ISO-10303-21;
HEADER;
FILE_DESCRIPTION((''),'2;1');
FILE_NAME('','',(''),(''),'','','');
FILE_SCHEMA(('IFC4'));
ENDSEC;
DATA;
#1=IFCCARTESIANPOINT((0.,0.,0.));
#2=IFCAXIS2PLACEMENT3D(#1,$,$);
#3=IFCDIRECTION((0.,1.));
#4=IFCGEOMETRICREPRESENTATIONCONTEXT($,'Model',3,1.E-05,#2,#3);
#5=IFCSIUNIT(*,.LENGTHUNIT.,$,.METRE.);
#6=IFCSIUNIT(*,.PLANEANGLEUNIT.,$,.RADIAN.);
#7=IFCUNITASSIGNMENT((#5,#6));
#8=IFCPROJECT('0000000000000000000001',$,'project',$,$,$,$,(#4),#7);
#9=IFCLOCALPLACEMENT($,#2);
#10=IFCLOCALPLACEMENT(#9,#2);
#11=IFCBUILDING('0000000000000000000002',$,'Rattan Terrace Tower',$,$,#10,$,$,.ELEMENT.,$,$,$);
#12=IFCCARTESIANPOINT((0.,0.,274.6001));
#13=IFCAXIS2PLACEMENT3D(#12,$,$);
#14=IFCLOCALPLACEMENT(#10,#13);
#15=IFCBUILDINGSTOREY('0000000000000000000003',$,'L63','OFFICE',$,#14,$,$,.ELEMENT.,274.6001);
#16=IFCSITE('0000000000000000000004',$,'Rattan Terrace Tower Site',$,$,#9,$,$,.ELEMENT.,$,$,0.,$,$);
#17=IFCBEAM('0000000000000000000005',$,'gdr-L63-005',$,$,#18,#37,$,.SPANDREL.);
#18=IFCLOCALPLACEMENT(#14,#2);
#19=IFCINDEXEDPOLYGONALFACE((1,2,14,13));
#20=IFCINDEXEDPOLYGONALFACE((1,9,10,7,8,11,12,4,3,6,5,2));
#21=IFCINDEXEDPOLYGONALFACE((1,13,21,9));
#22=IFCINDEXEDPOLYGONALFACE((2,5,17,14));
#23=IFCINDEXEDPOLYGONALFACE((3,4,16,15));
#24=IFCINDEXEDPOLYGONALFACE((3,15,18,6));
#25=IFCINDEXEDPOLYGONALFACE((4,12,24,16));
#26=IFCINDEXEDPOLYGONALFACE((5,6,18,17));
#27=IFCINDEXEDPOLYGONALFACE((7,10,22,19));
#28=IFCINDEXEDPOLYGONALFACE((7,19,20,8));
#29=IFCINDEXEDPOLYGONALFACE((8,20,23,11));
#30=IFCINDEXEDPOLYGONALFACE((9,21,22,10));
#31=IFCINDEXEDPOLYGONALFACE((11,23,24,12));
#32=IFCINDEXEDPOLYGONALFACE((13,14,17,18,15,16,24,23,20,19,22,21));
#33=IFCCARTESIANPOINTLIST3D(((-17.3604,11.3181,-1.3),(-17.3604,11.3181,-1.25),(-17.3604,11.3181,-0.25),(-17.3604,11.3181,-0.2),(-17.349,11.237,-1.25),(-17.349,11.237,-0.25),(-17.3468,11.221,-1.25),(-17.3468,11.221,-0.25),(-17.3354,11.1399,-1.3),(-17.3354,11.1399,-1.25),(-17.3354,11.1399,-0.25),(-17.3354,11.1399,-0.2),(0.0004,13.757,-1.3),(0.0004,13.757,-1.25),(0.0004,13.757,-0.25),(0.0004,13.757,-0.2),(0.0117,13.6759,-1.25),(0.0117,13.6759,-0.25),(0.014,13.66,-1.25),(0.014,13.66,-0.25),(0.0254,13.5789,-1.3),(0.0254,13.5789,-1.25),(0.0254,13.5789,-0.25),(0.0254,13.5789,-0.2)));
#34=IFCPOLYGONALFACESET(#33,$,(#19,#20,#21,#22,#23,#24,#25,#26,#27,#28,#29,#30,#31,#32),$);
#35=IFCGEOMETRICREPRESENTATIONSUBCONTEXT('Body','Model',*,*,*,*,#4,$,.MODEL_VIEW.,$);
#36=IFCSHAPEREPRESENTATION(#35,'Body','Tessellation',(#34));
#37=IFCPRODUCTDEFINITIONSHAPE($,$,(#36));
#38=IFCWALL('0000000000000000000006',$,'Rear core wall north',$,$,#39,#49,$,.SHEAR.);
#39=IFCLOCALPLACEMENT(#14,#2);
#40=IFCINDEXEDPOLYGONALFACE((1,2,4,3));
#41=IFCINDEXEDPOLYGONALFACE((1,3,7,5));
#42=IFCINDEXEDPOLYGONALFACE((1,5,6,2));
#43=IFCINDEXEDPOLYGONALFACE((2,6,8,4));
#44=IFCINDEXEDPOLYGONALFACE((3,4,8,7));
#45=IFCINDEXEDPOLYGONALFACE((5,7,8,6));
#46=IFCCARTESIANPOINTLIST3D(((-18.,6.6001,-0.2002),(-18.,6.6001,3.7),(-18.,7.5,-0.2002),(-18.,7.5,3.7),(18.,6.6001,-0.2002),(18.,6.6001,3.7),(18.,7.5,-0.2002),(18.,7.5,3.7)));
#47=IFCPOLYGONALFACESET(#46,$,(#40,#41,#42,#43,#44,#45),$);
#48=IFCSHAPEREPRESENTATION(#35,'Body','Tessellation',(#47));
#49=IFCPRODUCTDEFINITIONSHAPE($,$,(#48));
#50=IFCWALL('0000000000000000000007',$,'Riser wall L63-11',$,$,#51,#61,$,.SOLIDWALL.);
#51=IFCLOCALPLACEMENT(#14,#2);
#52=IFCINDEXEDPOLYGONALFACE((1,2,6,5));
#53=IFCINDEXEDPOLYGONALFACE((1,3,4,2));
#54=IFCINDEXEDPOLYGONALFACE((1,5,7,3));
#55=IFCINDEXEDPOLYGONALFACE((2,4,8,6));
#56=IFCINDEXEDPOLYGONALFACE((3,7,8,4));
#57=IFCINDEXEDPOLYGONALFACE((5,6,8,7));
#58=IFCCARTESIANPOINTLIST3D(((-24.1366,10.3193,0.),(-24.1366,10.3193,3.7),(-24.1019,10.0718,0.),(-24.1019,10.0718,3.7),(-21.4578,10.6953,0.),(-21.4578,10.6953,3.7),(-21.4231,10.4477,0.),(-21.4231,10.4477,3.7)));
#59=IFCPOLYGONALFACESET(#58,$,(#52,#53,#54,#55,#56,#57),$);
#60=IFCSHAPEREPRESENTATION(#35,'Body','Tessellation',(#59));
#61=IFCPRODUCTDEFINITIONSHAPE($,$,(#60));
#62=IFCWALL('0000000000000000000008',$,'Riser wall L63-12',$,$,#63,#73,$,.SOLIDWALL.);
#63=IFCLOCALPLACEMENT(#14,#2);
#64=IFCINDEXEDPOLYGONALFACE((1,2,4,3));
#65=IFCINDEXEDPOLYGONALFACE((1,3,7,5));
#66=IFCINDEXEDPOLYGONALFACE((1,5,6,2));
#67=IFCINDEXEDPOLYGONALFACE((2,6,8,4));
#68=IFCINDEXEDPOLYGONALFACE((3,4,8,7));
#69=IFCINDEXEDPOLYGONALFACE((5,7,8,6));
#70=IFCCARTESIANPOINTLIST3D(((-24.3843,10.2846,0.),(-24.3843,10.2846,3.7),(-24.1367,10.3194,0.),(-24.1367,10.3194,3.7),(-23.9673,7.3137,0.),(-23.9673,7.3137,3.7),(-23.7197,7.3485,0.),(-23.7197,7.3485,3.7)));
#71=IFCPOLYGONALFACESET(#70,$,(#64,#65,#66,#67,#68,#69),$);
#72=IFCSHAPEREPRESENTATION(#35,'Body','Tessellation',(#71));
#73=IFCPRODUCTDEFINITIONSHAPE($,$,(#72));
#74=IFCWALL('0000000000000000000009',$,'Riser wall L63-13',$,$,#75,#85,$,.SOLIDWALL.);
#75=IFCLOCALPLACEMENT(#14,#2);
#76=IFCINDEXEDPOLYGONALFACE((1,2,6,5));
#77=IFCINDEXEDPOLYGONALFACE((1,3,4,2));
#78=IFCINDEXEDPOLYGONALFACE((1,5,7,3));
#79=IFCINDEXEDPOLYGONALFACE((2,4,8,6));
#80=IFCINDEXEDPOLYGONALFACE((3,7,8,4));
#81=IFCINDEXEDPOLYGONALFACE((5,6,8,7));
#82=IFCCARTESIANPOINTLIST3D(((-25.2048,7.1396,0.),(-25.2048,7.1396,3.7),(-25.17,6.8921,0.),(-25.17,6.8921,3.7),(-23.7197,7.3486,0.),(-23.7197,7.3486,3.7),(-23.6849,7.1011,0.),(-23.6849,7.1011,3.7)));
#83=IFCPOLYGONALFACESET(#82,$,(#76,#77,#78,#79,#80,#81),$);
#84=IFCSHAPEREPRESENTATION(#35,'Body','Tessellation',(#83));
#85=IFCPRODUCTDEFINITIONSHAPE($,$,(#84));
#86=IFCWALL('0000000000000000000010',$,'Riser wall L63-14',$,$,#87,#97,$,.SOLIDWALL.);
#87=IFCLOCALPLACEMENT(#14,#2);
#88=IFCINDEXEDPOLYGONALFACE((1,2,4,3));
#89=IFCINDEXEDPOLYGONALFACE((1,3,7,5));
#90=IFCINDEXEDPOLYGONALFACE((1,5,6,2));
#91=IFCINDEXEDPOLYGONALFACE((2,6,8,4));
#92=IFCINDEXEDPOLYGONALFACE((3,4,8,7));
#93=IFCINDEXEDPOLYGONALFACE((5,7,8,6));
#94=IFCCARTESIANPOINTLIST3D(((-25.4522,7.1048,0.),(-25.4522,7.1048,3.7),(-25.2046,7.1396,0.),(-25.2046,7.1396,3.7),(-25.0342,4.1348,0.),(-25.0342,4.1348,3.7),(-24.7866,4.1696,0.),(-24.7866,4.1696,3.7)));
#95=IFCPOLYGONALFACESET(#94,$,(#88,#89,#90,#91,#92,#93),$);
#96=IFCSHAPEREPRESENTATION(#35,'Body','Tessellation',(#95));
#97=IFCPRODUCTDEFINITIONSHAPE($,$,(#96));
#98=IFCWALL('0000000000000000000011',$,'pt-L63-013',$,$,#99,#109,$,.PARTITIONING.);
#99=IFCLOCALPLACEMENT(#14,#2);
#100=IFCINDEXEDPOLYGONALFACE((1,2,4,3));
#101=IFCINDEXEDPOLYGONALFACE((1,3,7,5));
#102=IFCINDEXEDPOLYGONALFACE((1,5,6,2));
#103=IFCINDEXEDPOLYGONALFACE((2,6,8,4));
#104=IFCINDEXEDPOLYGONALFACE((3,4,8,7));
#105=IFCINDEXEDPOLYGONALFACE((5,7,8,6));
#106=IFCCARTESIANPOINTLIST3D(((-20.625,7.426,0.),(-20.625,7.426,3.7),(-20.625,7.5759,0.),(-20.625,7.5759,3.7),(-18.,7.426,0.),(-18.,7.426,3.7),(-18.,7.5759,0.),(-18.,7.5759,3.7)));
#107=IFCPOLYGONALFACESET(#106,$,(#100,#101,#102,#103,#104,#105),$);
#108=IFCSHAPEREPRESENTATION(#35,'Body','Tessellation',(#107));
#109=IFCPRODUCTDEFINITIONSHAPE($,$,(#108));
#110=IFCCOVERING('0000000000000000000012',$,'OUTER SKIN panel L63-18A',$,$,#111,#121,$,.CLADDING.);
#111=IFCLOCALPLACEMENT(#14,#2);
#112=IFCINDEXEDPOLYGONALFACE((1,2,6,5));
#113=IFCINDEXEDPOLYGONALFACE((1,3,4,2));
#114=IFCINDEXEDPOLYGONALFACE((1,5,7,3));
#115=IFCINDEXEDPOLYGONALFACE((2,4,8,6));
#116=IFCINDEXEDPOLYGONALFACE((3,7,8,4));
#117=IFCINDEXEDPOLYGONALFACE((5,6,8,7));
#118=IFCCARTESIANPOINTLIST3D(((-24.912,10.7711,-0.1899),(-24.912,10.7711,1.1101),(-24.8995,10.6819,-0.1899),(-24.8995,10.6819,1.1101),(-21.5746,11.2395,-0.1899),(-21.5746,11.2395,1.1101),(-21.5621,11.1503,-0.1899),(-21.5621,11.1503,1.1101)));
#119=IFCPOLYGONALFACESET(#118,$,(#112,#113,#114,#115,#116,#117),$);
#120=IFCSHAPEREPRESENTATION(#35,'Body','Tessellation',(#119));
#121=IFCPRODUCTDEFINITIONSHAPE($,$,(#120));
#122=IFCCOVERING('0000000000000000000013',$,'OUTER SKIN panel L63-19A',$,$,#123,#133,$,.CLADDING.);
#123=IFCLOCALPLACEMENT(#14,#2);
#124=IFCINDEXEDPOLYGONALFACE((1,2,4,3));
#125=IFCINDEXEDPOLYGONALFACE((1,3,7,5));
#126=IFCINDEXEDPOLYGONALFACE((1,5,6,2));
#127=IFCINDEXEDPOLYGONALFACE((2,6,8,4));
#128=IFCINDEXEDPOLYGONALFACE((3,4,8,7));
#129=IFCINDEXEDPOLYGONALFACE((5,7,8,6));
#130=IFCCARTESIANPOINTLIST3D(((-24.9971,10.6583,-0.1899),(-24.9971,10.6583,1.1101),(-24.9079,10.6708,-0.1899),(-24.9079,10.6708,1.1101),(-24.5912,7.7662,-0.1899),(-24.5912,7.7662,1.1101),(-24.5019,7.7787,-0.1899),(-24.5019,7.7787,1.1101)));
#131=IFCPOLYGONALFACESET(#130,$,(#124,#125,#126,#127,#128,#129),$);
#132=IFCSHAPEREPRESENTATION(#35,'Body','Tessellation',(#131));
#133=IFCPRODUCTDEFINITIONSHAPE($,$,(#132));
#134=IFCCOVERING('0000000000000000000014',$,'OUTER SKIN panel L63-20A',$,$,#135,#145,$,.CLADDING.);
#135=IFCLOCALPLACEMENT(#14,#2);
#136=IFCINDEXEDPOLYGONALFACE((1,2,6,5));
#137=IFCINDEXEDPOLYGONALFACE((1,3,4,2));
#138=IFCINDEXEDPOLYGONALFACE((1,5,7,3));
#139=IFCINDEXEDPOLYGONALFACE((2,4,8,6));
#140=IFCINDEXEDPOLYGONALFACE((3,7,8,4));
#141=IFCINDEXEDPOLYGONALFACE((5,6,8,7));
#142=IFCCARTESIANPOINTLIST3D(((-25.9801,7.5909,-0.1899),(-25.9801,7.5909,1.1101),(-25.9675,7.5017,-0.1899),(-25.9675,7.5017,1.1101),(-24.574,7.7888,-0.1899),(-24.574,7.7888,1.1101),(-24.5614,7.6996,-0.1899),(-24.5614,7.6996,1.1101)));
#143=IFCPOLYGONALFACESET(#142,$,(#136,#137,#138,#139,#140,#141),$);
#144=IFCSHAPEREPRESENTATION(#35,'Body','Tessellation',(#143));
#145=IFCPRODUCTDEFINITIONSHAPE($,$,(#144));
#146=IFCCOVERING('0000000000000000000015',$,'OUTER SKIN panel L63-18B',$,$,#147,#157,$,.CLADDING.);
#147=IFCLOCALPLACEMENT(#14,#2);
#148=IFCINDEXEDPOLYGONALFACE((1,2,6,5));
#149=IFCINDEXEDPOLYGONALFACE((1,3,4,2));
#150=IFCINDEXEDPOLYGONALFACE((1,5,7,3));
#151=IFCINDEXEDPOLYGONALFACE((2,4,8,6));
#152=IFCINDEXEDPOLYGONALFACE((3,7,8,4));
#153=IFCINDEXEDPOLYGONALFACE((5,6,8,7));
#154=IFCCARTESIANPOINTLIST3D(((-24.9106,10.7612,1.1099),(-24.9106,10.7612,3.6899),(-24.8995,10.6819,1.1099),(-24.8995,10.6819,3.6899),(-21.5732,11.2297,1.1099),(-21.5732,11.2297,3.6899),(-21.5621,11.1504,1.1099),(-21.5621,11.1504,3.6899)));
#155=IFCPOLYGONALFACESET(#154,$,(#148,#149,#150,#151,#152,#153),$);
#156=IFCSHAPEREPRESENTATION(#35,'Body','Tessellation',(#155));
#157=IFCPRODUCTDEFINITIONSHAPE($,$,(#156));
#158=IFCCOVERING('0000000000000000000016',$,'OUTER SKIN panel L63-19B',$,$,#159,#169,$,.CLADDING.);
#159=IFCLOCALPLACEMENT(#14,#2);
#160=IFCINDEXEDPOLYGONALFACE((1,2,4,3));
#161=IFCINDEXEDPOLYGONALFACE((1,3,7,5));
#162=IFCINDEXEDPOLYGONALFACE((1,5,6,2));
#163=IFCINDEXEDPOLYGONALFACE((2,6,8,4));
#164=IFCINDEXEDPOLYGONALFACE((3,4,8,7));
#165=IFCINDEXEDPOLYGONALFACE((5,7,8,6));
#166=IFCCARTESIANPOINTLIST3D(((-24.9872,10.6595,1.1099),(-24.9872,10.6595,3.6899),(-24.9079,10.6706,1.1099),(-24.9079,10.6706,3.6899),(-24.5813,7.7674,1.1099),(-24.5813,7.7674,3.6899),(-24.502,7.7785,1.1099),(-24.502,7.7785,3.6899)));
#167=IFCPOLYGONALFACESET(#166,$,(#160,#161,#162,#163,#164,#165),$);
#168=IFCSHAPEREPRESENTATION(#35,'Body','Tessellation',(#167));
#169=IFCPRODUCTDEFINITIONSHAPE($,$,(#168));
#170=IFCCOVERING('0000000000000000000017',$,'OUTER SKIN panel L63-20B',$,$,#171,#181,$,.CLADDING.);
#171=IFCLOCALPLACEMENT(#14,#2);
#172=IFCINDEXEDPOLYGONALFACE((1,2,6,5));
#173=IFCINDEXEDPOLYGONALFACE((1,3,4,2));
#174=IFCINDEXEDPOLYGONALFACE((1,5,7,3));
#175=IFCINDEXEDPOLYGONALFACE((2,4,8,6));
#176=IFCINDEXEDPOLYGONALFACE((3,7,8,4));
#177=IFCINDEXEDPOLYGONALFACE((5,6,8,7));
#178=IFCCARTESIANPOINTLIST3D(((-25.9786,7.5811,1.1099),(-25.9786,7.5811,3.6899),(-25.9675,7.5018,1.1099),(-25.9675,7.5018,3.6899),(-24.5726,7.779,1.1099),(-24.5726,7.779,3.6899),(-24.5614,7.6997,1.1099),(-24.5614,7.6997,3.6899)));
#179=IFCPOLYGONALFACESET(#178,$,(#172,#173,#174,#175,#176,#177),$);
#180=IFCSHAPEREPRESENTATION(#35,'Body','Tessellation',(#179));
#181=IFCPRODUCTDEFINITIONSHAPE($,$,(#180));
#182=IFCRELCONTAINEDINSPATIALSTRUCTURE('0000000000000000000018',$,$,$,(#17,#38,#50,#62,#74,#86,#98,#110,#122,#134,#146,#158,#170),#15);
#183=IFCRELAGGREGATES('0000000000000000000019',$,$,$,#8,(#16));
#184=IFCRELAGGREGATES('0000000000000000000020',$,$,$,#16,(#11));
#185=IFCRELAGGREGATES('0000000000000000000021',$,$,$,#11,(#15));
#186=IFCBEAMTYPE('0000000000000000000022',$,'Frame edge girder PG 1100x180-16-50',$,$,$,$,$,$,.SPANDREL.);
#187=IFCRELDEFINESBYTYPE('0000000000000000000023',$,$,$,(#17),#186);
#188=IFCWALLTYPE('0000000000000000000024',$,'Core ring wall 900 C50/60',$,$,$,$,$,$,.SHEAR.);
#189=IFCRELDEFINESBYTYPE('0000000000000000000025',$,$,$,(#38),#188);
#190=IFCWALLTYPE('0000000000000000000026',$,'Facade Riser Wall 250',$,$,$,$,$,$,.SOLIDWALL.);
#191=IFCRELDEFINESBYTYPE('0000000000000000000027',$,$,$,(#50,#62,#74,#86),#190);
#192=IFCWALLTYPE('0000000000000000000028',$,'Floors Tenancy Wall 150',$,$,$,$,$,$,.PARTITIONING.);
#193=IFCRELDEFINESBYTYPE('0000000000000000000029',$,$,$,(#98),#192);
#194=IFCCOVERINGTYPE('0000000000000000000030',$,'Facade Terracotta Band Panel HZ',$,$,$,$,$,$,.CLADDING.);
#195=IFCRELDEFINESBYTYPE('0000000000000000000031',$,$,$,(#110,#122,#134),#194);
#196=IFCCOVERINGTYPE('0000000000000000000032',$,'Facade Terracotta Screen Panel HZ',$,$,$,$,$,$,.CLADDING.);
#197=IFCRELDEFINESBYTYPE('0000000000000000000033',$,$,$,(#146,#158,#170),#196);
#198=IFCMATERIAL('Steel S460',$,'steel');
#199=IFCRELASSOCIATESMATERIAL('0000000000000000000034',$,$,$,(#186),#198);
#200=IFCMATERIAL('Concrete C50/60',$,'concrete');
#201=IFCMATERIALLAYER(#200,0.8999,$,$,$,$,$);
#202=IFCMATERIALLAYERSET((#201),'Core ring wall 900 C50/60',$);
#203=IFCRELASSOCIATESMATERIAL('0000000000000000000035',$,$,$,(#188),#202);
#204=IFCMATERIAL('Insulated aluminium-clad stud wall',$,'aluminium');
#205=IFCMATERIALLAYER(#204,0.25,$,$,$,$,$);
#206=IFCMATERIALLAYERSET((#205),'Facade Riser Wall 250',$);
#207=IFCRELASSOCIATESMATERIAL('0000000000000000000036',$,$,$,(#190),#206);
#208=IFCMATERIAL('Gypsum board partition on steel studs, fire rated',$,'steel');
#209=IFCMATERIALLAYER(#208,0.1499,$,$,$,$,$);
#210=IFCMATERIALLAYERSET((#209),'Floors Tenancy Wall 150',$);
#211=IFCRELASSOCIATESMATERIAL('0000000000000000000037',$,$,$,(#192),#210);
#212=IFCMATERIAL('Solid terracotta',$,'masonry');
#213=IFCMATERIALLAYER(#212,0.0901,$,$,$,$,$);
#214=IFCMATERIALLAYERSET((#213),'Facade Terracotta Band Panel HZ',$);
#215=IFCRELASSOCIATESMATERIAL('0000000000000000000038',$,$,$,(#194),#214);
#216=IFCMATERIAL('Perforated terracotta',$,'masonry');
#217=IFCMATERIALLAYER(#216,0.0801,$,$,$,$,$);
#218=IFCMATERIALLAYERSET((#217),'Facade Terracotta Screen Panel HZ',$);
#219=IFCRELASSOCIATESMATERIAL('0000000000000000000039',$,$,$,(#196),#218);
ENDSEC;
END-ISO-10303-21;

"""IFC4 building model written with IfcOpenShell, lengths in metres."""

from ifc_helpers import new_model, si_unit, direction, frame, frame_2d, origin, origin_2d, place, context, subcontext, project, spatial, rectangle, i_section, extrude, material, layer, layer_set, material_profile, profile_set, type_object, element, save


model = new_model("IFC4")

# Units and contexts
model_context = context("Model", 3, precision=1e-05, world=origin(), true_north=direction((0.0, 1.0)))
body_context = subcontext(model_context, "Body", "Model", "MODEL_VIEW")
ifc_project = project(units=[si_unit("LENGTHUNIT", "METRE"), si_unit("PLANEANGLEUNIT", "RADIAN")], contexts=[model_context])

# Site, building, storey
site_placement = place(None, origin())
site = spatial("IfcSite", under=ifc_project, at=site_placement, Name="Rattan Terrace Tower Site", CompositionType="ELEMENT", RefElevation=0.0)
building_placement = place(site_placement, origin())
building = spatial("IfcBuilding", under=site, at=building_placement, Name="Rattan Terrace Tower", CompositionType="ELEMENT")
storey_placement = place(building_placement, frame((0.0, 0.0, 274.6001)))
storey = spatial("IfcBuildingStorey", under=building, at=storey_placement, Name="L63", Description="OFFICE", CompositionType="ELEMENT", Elevation=274.6001)

# Beam
ifc_material_1 = material(Name="Steel S460", Category="steel")
ifc_material_profile = material_profile(ifc_material_1, i_section(OverallWidth=0.1799, OverallDepth=1.1001, WebThickness=0.0161, FlangeThickness=0.05, at=origin_2d()), Name="PG 1100x180-16-50")
ifc_profile_set = profile_set([ifc_material_profile], Name="Steel S460")
beam_type = type_object("IfcBeamType", Name="Frame edge girder PG 1100x180-16-50", PredefinedType="SPANDREL", material=ifc_profile_set)
beam_placement = place(storey_placement, frame((-17.3479, 11.229, -0.75), z_axis=(0.990275, 0.13912, 0.0), x_axis=(-0.13912, 0.990275, 0.0)))
element("IfcBeam", 1, at=beam_placement, inside=storey, type_object=beam_type, Name="gdr-L63-005", PredefinedType="SPANDREL", context=body_context, shape_type="SweptSolid", body=[
    extrude(i_section(OverallWidth=0.1799, OverallDepth=1.1001, WebThickness=0.0161, FlangeThickness=0.05, at=origin_2d()), origin(), (0.0, 0.0, 1.0), 17.5312),
])

# Walls
ifc_material_2 = material(Name="Concrete C50/60", Category="concrete")
ifc_layer_1 = layer(ifc_material_2, 0.8999)
ifc_layer_set_1 = layer_set([ifc_layer_1], Name="Core ring wall 900 C50/60")
wall_type_1 = type_object("IfcWallType", Name="Core ring wall 900 C50/60", PredefinedType="SHEAR", material=ifc_layer_set_1)
wall_1_placement = place(storey_placement, frame((-18.0, 7.05, -0.2002), z_axis=(0.0, 0.0, 1.0), x_axis=(1.0, 0.0, 0.0)))
element("IfcWall", 2, at=wall_1_placement, inside=storey, type_object=wall_type_1, Name="Rear core wall north", PredefinedType="SHEAR", context=body_context, shape_type="SweptSolid", body=[
    extrude(rectangle(XDim=36.0, YDim=0.8999, at=frame_2d((18.0, 0.0))), origin(), (0.0, 0.0, 1.0), 3.9001),
])
ifc_material_3 = material(Name="Insulated aluminium-clad stud wall", Category="aluminium")
ifc_layer_2 = layer(ifc_material_3, 0.25)
ifc_layer_set_2 = layer_set([ifc_layer_2], Name="Facade Riser Wall 250")
wall_type_2 = type_object("IfcWallType", Name="Facade Riser Wall 250", PredefinedType="SOLIDWALL", material=ifc_layer_set_2)
wall_2_placement = place(storey_placement, frame((-21.4404, 10.5715, 0.0), z_axis=(0.0, 0.0, 1.0), x_axis=(-0.990293, -0.138995, 0.0)))
element("IfcWall", 3, at=wall_2_placement, inside=storey, type_object=wall_type_2, Name="Riser wall L63-11", PredefinedType="SOLIDWALL", context=body_context, shape_type="SweptSolid", body=[
    extrude(rectangle(XDim=2.7051, YDim=0.25, at=frame_2d((1.3525, 0.0))), origin(), (0.0, 0.0, 1.0), 3.7),
])
wall_3_placement = place(storey_placement, frame((-24.2605, 10.302, 0.0), z_axis=(0.0, 0.0, 1.0), x_axis=(0.138994, -0.990293, 0.0)))
element("IfcWall", 4, at=wall_3_placement, inside=storey, type_object=wall_type_2, Name="Riser wall L63-12", PredefinedType="SOLIDWALL", context=body_context, shape_type="SweptSolid", body=[
    extrude(rectangle(XDim=3.0, YDim=0.25, at=frame_2d((1.5, 0.0))), origin(), (0.0, 0.0, 1.0), 3.7),
])
wall_4_placement = place(storey_placement, frame((-23.7021, 7.2249, 0.0), z_axis=(0.0, 0.0, 1.0), x_axis=(-0.990244, -0.139347, 0.0)))
element("IfcWall", 5, at=wall_4_placement, inside=storey, type_object=wall_type_2, Name="Riser wall L63-13", PredefinedType="SOLIDWALL", context=body_context, shape_type="SweptSolid", body=[
    extrude(rectangle(XDim=1.4998, YDim=0.25, at=frame_2d((0.75, 0.0))), origin(), (0.0, 0.0, 1.0), 3.7),
])
wall_5_placement = place(storey_placement, frame((-25.3284, 7.1221, 0.0), z_axis=(0.0, 0.0, 1.0), x_axis=(0.139358, -0.990242, 0.0)))
element("IfcWall", 6, at=wall_5_placement, inside=storey, type_object=wall_type_2, Name="Riser wall L63-14", PredefinedType="SOLIDWALL", context=body_context, shape_type="SweptSolid", body=[
    extrude(rectangle(XDim=2.9993, YDim=0.25, at=frame_2d((1.4995, 0.0))), origin(), (0.0, 0.0, 1.0), 3.7),
])
ifc_material_4 = material(Name="Gypsum board partition on steel studs, fire rated", Category="steel")
ifc_layer_3 = layer(ifc_material_4, 0.1499)
ifc_layer_set_3 = layer_set([ifc_layer_3], Name="Floors Tenancy Wall 150")
wall_type_3 = type_object("IfcWallType", Name="Floors Tenancy Wall 150", PredefinedType="PARTITIONING", material=ifc_layer_set_3)
wall_6_placement = place(storey_placement, frame((-20.625, 7.501, 0.0), z_axis=(0.0, 0.0, 1.0), x_axis=(1.0, 0.0, 0.0)))
element("IfcWall", 7, at=wall_6_placement, inside=storey, type_object=wall_type_3, Name="pt-L63-013", PredefinedType="PARTITIONING", context=body_context, shape_type="SweptSolid", body=[
    extrude(rectangle(XDim=2.625, YDim=0.1499, at=frame_2d((1.3125, 0.0))), origin(), (0.0, 0.0, 1.0), 3.7),
])

# Coverings
ifc_material_5 = material(Name="Solid terracotta", Category="masonry")
ifc_layer_4 = layer(ifc_material_5, 0.0901)
ifc_layer_set_4 = layer_set([ifc_layer_4], Name="Facade Terracotta Band Panel HZ")
covering_type_1 = type_object("IfcCoveringType", Name="Facade Terracotta Band Panel HZ", PredefinedType="CLADDING", material=ifc_layer_set_4)
covering_1_placement = place(storey_placement, frame((-23.2371, 10.9607, -0.1899), z_axis=(0.0, 0.0, 1.0), x_axis=(-0.990293, -0.138994, 0.0)))
element("IfcCovering", 8, at=covering_1_placement, inside=storey, type_object=covering_type_1, Name="OUTER SKIN panel L63-18A", PredefinedType="CLADDING", context=body_context, shape_type="SweptSolid", body=[
    extrude(rectangle(XDim=3.3701, YDim=0.0901, at=origin_2d()), origin(), (0.0, 0.0, 1.0), 1.3),
])
covering_2_placement = place(storey_placement, frame((-24.7495, 9.2185, -0.1899), z_axis=(0.0, 0.0, 1.0), x_axis=(0.138994, -0.990293, 0.0)))
element("IfcCovering", 9, at=covering_2_placement, inside=storey, type_object=covering_type_1, Name="OUTER SKIN panel L63-19A", PredefinedType="CLADDING", context=body_context, shape_type="SweptSolid", body=[
    extrude(rectangle(XDim=2.9204, YDim=0.0901, at=origin_2d()), origin(), (0.0, 0.0, 1.0), 1.3),
])
covering_3_placement = place(storey_placement, frame((-25.2708, 7.6453, -0.1899), z_axis=(0.0, 0.0, 1.0), x_axis=(-0.990241, -0.139367, 0.0)))
element("IfcCovering", 10, at=covering_3_placement, inside=storey, type_object=covering_type_1, Name="OUTER SKIN panel L63-20A", PredefinedType="CLADDING", context=body_context, shape_type="SweptSolid", body=[
    extrude(rectangle(XDim=1.4199, YDim=0.0901, at=origin_2d()), origin(), (0.0, 0.0, 1.0), 1.3),
])
ifc_material_6 = material(Name="Perforated terracotta", Category="masonry")
ifc_layer_5 = layer(ifc_material_6, 0.0801)
ifc_layer_set_5 = layer_set([ifc_layer_5], Name="Facade Terracotta Screen Panel HZ")
covering_type_2 = type_object("IfcCoveringType", Name="Facade Terracotta Screen Panel HZ", PredefinedType="CLADDING", material=ifc_layer_set_5)
covering_4_placement = place(storey_placement, frame((-23.2363, 10.9558, 1.1099), z_axis=(0.0, 0.0, 1.0), x_axis=(-0.990293, -0.138994, 0.0)))
element("IfcCovering", 11, at=covering_4_placement, inside=storey, type_object=covering_type_2, Name="OUTER SKIN panel L63-18B", PredefinedType="CLADDING", context=body_context, shape_type="SweptSolid", body=[
    extrude(rectangle(XDim=3.3701, YDim=0.0801, at=origin_2d()), origin(), (0.0, 0.0, 1.0), 2.5801),
])
covering_5_placement = place(storey_placement, frame((-24.7446, 9.219, 1.1099), z_axis=(0.0, 0.0, 1.0), x_axis=(0.138994, -0.990293, 0.0)))
element("IfcCovering", 12, at=covering_5_placement, inside=storey, type_object=covering_type_2, Name="OUTER SKIN panel L63-19B", PredefinedType="CLADDING", context=body_context, shape_type="SweptSolid", body=[
    extrude(rectangle(XDim=2.9204, YDim=0.0801, at=origin_2d()), origin(), (0.0, 0.0, 1.0), 2.5801),
])
covering_6_placement = place(storey_placement, frame((-25.27, 7.6404, 1.1099), z_axis=(0.0, 0.0, 1.0), x_axis=(-0.990241, -0.139367, 0.0)))
element("IfcCovering", 13, at=covering_6_placement, inside=storey, type_object=covering_type_2, Name="OUTER SKIN panel L63-20B", PredefinedType="CLADDING", context=body_context, shape_type="SweptSolid", body=[
    extrude(rectangle(XDim=1.4199, YDim=0.0801, at=origin_2d()), origin(), (0.0, 0.0, 1.0), 2.5801),
])

save(model, "model.ifc")
